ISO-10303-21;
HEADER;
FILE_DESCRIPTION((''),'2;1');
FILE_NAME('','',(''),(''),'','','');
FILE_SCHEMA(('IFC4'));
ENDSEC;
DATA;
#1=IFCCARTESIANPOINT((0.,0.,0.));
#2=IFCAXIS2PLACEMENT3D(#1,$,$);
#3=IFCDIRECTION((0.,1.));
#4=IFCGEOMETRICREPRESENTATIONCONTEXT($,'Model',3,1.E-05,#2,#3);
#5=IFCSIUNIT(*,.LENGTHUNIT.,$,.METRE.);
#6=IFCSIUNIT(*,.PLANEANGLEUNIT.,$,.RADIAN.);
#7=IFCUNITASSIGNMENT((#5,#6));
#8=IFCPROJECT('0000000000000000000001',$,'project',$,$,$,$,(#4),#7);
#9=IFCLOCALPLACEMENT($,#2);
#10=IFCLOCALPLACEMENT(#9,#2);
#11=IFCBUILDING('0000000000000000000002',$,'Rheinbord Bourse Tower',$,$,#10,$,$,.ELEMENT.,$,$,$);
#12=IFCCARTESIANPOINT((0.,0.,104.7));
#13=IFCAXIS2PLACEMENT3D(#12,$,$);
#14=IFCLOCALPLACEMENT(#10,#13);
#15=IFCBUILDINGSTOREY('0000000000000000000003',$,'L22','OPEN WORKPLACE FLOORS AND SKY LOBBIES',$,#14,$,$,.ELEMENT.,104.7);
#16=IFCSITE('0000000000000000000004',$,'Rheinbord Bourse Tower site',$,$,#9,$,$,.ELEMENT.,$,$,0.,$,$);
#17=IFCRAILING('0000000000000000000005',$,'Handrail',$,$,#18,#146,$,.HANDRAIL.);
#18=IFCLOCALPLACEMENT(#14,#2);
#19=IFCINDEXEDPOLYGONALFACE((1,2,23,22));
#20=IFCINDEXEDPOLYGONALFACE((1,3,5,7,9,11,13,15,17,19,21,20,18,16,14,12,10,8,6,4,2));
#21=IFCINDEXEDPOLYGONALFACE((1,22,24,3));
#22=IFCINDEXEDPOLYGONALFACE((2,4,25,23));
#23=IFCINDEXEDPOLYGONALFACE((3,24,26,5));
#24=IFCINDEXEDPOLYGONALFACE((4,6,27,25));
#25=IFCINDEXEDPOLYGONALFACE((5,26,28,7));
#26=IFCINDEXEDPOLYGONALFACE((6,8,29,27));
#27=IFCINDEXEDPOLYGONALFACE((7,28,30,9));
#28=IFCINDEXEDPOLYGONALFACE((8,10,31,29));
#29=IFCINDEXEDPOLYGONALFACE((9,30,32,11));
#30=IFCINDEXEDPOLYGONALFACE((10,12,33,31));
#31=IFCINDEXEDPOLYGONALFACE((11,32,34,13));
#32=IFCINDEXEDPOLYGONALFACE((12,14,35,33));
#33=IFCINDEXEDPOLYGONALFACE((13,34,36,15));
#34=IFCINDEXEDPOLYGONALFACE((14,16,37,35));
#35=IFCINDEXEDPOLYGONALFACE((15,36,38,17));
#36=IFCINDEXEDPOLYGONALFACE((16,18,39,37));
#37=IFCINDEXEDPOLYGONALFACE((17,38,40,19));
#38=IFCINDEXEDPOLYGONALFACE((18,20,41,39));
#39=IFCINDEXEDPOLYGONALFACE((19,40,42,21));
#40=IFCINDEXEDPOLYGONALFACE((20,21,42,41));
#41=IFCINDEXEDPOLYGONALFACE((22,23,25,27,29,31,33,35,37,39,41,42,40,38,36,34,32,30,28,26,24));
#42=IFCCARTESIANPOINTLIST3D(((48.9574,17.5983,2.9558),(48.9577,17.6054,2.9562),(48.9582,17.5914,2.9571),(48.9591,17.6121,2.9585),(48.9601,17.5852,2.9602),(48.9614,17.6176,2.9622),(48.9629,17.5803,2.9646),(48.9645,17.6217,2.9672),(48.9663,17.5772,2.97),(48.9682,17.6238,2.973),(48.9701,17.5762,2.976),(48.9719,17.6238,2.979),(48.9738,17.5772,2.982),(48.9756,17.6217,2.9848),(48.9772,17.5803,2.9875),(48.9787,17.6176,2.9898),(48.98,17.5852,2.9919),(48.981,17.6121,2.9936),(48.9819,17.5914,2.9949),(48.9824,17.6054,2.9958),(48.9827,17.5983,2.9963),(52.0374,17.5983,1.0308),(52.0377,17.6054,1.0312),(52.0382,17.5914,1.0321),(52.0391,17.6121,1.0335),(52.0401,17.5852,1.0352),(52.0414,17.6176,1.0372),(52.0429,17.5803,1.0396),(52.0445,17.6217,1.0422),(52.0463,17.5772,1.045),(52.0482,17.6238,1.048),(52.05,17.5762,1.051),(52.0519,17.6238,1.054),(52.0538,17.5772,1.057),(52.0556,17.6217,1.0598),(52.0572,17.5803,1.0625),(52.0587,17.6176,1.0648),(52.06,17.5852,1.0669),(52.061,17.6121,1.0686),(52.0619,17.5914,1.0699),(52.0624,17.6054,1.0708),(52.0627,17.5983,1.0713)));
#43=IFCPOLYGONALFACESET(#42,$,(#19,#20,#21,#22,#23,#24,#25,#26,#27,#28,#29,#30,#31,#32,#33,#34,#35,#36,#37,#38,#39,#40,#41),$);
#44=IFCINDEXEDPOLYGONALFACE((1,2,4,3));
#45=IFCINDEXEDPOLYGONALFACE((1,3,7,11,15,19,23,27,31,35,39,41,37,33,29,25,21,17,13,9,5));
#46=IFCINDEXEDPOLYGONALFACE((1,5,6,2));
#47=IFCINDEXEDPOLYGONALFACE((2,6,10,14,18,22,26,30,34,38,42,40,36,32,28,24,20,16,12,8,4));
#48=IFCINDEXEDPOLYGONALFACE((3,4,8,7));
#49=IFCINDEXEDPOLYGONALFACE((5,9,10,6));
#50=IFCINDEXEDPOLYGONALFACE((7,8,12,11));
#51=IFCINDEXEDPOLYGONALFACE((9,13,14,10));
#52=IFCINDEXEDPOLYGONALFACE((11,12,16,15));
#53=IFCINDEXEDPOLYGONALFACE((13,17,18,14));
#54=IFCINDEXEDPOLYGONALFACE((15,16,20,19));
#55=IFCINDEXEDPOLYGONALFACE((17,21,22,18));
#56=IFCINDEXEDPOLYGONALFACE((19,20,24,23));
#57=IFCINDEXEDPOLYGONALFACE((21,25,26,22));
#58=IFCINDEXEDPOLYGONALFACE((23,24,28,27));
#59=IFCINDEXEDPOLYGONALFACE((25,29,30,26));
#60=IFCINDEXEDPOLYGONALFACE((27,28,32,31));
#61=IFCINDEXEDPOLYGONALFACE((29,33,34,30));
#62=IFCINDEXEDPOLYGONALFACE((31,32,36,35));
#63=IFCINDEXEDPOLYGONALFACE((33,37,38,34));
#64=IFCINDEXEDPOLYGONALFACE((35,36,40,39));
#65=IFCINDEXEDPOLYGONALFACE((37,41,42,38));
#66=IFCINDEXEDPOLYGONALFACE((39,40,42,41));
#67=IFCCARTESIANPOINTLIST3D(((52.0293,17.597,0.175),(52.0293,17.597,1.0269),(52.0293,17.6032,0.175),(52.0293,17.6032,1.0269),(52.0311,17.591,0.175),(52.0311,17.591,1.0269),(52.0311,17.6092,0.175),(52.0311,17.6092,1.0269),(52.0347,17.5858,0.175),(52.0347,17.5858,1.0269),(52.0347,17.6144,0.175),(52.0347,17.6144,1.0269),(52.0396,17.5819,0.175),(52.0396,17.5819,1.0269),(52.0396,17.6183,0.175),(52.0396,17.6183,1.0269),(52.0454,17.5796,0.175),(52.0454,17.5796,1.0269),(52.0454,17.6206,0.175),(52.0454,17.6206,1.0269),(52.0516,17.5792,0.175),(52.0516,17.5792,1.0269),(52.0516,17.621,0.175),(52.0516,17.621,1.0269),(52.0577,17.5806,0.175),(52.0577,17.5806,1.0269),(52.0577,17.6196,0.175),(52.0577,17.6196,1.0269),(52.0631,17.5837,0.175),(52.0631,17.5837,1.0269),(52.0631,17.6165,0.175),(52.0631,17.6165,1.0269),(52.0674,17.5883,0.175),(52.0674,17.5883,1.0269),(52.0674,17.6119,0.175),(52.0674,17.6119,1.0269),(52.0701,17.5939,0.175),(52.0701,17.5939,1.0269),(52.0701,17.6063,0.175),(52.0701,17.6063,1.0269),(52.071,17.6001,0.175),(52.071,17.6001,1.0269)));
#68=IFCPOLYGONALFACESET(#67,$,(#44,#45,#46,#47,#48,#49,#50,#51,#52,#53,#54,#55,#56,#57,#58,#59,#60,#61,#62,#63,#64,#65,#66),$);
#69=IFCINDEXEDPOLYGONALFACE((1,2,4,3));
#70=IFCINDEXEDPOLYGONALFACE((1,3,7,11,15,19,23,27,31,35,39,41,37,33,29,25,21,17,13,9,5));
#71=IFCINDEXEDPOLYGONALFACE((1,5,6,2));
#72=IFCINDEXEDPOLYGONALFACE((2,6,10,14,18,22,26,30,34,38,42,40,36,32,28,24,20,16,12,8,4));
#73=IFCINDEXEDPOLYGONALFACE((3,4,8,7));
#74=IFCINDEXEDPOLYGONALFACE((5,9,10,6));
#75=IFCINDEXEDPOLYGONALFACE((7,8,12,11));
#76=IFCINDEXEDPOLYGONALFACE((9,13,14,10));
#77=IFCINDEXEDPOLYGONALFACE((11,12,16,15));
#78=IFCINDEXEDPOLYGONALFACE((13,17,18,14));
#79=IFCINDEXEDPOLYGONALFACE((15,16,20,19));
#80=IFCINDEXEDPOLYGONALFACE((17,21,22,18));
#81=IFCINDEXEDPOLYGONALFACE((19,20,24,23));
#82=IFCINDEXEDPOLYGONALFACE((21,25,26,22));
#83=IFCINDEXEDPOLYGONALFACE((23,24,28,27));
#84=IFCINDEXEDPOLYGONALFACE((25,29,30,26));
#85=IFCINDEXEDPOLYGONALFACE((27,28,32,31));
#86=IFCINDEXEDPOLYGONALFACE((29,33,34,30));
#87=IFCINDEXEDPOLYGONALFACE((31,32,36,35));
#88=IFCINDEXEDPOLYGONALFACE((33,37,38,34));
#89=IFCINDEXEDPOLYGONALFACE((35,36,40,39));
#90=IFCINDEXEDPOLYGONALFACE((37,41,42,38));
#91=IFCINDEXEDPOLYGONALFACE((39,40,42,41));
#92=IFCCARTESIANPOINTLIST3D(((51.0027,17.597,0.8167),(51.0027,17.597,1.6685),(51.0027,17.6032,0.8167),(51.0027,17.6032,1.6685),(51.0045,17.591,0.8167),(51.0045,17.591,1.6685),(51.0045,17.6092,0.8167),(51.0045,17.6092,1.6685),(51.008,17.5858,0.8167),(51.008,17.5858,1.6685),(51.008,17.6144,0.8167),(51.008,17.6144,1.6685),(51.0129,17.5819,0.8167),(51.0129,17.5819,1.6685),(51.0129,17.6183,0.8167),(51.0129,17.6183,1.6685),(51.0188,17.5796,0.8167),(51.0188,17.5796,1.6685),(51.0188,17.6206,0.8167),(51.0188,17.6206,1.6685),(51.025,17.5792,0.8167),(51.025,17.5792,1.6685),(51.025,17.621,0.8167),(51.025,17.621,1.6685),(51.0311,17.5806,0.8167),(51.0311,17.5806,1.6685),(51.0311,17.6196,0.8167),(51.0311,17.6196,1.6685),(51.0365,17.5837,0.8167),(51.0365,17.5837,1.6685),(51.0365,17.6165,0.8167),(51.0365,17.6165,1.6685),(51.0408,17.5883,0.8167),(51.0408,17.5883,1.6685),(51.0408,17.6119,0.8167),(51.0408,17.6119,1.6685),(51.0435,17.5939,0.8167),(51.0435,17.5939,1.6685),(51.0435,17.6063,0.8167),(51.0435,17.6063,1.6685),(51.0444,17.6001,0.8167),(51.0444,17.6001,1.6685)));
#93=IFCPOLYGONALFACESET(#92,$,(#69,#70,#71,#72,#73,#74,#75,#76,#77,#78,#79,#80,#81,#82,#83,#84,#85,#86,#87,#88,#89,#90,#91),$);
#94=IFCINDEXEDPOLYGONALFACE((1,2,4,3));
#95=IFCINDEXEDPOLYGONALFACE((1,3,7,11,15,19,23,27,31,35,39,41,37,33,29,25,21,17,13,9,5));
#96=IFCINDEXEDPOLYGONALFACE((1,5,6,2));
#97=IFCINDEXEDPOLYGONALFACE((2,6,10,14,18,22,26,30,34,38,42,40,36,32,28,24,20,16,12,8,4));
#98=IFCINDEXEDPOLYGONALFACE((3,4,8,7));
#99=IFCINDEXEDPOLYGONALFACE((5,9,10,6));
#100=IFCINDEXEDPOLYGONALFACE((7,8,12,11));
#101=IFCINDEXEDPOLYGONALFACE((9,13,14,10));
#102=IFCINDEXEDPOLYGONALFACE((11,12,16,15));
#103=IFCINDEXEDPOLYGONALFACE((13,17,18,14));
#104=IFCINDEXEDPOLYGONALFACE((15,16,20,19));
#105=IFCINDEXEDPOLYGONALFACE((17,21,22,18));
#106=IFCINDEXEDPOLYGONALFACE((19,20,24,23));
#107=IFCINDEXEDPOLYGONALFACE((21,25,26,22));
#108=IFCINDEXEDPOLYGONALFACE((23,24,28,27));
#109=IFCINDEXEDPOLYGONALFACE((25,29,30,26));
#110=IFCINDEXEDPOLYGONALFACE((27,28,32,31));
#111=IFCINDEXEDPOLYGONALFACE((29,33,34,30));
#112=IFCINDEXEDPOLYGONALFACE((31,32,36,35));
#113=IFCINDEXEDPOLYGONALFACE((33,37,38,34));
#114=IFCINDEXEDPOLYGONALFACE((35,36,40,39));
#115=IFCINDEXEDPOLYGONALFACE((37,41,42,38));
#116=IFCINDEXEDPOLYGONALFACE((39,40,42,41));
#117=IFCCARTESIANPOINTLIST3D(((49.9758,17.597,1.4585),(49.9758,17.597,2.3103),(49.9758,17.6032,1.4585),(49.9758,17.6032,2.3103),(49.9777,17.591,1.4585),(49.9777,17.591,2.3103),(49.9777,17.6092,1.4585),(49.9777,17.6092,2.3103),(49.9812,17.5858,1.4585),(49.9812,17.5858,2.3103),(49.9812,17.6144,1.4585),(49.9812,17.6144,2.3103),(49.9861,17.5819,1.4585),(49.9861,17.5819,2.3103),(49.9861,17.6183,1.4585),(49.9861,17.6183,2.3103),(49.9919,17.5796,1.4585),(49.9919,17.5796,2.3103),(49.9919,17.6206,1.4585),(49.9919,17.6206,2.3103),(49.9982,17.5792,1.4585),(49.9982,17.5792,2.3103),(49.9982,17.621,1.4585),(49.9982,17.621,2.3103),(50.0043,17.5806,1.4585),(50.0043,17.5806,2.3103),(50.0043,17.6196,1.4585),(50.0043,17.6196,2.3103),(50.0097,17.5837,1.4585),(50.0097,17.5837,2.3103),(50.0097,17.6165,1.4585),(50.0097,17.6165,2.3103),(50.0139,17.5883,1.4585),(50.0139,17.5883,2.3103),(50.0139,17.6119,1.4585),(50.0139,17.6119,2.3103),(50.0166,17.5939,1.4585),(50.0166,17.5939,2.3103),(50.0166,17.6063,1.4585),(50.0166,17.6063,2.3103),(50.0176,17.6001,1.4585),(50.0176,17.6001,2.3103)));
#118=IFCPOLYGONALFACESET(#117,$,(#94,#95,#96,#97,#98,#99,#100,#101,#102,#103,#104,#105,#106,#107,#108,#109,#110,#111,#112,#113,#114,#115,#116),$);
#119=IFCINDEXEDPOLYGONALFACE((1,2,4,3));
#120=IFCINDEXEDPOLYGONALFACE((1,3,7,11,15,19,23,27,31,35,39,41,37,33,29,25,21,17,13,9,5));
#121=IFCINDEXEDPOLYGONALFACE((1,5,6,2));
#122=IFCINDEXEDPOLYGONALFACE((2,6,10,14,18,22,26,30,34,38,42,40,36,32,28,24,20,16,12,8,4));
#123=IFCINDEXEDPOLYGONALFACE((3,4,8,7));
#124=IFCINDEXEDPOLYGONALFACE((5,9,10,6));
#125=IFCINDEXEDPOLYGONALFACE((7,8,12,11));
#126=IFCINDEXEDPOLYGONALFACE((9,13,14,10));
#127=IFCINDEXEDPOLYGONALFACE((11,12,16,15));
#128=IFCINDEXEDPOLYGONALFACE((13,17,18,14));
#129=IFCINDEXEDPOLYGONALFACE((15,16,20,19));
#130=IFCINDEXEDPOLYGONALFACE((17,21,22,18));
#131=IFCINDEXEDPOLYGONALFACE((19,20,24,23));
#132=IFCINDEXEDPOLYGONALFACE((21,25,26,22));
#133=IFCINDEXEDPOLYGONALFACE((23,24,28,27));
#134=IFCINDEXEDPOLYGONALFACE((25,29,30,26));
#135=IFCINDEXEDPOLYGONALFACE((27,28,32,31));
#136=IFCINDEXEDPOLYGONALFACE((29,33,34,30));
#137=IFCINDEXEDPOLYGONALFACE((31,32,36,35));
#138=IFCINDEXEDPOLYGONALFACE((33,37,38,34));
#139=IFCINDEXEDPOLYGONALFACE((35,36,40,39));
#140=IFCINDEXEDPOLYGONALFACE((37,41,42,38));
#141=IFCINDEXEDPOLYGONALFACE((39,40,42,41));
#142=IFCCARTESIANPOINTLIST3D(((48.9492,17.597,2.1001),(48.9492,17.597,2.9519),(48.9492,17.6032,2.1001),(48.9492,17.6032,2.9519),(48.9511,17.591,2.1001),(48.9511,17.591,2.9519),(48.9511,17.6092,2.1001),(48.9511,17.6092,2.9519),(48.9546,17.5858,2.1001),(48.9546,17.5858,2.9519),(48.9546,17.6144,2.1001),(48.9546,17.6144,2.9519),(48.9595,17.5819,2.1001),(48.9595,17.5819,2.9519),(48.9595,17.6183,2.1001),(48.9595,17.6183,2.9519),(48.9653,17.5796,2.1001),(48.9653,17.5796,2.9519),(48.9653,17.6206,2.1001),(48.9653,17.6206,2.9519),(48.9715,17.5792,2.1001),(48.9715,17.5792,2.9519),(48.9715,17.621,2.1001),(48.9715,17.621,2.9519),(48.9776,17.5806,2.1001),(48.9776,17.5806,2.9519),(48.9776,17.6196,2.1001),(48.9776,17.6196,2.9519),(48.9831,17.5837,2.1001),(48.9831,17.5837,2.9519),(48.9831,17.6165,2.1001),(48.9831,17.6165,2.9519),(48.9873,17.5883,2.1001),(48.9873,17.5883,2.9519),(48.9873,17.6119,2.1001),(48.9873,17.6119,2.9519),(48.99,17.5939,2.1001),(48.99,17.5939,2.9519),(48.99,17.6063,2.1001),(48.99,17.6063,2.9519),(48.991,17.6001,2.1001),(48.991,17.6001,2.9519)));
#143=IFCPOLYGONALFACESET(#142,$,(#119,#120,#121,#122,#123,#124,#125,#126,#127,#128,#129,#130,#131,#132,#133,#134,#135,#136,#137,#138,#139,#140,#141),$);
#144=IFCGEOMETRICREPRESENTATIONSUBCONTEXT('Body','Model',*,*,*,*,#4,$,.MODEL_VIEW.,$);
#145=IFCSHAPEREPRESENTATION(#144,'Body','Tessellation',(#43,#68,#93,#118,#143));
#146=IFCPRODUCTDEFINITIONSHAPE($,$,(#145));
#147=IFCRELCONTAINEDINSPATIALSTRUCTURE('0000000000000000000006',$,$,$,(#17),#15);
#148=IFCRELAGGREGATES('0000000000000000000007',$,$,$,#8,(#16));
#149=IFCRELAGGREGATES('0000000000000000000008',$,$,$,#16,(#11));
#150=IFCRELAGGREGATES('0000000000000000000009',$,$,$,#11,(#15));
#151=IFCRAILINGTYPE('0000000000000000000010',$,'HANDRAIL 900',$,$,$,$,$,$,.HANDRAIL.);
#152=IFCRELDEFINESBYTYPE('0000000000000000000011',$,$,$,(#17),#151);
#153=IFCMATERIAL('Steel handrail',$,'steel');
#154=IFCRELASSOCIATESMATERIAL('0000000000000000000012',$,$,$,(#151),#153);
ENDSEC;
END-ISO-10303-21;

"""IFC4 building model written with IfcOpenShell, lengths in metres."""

from ifc_helpers import new_model, si_unit, direction, frame, origin, origin_2d, place, context, subcontext, project, spatial, circle, extrude, material, type_object, element, save


model = new_model("IFC4")

# Units and contexts
model_context = context("Model", 3, precision=1e-05, world=origin(), true_north=direction((0.0, 1.0)))
body_context = subcontext(model_context, "Body", "Model", "MODEL_VIEW")
ifc_project = project(units=[si_unit("LENGTHUNIT", "METRE"), si_unit("PLANEANGLEUNIT", "RADIAN")], contexts=[model_context])

# Site, building, storey
site_placement = place(None, origin())
site = spatial("IfcSite", under=ifc_project, at=site_placement, Name="Rheinbord Bourse Tower site", CompositionType="ELEMENT", RefElevation=0.0)
building_placement = place(site_placement, origin())
building = spatial("IfcBuilding", under=site, at=building_placement, Name="Rheinbord Bourse Tower", CompositionType="ELEMENT")
storey_placement = place(building_placement, frame((0.0, 0.0, 104.7)))
storey = spatial("IfcBuildingStorey", under=building, at=storey_placement, Name="L22", Description="OPEN WORKPLACE FLOORS AND SKY LOBBIES", CompositionType="ELEMENT", Elevation=104.7)

# Railing
ifc_material_1 = material(Name="Steel handrail", Category="steel")
railing_type = type_object("IfcRailingType", Name="HANDRAIL 900", PredefinedType="HANDRAIL", material=ifc_material_1)
railing_1_placement = place(storey_placement, frame((52.05, 17.6001, 0.175)))
element("IfcRailing", 1, at=railing_1_placement, inside=storey, type_object=railing_type, Name="Handrail", PredefinedType="HANDRAIL", context=body_context, shape_type="SweptSolid", body=[
    extrude(circle(Radius=0.0239, at=origin_2d()), frame((0.0, 0.0, 0.876), z_axis=(-0.847998, 0.0, 0.529999), x_axis=(0.0, -1.0, 0.0)), (0.0, 0.0, 1.0), 3.6321),
    extrude(circle(Radius=0.021, at=origin_2d()), origin(), (0.0, 0.0, 1.0), 0.8518),
    extrude(circle(Radius=0.021, at=origin_2d()), frame((-1.0266, 0.0, 0.6416)), (0.0, 0.0, 1.0), 0.8518),
    extrude(circle(Radius=0.021, at=origin_2d()), frame((-2.0535, 0.0, 1.2834)), (0.0, 0.0, 1.0), 0.8518),
    extrude(circle(Radius=0.021, at=origin_2d()), frame((-3.0801, 0.0, 1.925)), (0.0, 0.0, 1.0), 0.8518),
])

save(model, "model.ifc")
